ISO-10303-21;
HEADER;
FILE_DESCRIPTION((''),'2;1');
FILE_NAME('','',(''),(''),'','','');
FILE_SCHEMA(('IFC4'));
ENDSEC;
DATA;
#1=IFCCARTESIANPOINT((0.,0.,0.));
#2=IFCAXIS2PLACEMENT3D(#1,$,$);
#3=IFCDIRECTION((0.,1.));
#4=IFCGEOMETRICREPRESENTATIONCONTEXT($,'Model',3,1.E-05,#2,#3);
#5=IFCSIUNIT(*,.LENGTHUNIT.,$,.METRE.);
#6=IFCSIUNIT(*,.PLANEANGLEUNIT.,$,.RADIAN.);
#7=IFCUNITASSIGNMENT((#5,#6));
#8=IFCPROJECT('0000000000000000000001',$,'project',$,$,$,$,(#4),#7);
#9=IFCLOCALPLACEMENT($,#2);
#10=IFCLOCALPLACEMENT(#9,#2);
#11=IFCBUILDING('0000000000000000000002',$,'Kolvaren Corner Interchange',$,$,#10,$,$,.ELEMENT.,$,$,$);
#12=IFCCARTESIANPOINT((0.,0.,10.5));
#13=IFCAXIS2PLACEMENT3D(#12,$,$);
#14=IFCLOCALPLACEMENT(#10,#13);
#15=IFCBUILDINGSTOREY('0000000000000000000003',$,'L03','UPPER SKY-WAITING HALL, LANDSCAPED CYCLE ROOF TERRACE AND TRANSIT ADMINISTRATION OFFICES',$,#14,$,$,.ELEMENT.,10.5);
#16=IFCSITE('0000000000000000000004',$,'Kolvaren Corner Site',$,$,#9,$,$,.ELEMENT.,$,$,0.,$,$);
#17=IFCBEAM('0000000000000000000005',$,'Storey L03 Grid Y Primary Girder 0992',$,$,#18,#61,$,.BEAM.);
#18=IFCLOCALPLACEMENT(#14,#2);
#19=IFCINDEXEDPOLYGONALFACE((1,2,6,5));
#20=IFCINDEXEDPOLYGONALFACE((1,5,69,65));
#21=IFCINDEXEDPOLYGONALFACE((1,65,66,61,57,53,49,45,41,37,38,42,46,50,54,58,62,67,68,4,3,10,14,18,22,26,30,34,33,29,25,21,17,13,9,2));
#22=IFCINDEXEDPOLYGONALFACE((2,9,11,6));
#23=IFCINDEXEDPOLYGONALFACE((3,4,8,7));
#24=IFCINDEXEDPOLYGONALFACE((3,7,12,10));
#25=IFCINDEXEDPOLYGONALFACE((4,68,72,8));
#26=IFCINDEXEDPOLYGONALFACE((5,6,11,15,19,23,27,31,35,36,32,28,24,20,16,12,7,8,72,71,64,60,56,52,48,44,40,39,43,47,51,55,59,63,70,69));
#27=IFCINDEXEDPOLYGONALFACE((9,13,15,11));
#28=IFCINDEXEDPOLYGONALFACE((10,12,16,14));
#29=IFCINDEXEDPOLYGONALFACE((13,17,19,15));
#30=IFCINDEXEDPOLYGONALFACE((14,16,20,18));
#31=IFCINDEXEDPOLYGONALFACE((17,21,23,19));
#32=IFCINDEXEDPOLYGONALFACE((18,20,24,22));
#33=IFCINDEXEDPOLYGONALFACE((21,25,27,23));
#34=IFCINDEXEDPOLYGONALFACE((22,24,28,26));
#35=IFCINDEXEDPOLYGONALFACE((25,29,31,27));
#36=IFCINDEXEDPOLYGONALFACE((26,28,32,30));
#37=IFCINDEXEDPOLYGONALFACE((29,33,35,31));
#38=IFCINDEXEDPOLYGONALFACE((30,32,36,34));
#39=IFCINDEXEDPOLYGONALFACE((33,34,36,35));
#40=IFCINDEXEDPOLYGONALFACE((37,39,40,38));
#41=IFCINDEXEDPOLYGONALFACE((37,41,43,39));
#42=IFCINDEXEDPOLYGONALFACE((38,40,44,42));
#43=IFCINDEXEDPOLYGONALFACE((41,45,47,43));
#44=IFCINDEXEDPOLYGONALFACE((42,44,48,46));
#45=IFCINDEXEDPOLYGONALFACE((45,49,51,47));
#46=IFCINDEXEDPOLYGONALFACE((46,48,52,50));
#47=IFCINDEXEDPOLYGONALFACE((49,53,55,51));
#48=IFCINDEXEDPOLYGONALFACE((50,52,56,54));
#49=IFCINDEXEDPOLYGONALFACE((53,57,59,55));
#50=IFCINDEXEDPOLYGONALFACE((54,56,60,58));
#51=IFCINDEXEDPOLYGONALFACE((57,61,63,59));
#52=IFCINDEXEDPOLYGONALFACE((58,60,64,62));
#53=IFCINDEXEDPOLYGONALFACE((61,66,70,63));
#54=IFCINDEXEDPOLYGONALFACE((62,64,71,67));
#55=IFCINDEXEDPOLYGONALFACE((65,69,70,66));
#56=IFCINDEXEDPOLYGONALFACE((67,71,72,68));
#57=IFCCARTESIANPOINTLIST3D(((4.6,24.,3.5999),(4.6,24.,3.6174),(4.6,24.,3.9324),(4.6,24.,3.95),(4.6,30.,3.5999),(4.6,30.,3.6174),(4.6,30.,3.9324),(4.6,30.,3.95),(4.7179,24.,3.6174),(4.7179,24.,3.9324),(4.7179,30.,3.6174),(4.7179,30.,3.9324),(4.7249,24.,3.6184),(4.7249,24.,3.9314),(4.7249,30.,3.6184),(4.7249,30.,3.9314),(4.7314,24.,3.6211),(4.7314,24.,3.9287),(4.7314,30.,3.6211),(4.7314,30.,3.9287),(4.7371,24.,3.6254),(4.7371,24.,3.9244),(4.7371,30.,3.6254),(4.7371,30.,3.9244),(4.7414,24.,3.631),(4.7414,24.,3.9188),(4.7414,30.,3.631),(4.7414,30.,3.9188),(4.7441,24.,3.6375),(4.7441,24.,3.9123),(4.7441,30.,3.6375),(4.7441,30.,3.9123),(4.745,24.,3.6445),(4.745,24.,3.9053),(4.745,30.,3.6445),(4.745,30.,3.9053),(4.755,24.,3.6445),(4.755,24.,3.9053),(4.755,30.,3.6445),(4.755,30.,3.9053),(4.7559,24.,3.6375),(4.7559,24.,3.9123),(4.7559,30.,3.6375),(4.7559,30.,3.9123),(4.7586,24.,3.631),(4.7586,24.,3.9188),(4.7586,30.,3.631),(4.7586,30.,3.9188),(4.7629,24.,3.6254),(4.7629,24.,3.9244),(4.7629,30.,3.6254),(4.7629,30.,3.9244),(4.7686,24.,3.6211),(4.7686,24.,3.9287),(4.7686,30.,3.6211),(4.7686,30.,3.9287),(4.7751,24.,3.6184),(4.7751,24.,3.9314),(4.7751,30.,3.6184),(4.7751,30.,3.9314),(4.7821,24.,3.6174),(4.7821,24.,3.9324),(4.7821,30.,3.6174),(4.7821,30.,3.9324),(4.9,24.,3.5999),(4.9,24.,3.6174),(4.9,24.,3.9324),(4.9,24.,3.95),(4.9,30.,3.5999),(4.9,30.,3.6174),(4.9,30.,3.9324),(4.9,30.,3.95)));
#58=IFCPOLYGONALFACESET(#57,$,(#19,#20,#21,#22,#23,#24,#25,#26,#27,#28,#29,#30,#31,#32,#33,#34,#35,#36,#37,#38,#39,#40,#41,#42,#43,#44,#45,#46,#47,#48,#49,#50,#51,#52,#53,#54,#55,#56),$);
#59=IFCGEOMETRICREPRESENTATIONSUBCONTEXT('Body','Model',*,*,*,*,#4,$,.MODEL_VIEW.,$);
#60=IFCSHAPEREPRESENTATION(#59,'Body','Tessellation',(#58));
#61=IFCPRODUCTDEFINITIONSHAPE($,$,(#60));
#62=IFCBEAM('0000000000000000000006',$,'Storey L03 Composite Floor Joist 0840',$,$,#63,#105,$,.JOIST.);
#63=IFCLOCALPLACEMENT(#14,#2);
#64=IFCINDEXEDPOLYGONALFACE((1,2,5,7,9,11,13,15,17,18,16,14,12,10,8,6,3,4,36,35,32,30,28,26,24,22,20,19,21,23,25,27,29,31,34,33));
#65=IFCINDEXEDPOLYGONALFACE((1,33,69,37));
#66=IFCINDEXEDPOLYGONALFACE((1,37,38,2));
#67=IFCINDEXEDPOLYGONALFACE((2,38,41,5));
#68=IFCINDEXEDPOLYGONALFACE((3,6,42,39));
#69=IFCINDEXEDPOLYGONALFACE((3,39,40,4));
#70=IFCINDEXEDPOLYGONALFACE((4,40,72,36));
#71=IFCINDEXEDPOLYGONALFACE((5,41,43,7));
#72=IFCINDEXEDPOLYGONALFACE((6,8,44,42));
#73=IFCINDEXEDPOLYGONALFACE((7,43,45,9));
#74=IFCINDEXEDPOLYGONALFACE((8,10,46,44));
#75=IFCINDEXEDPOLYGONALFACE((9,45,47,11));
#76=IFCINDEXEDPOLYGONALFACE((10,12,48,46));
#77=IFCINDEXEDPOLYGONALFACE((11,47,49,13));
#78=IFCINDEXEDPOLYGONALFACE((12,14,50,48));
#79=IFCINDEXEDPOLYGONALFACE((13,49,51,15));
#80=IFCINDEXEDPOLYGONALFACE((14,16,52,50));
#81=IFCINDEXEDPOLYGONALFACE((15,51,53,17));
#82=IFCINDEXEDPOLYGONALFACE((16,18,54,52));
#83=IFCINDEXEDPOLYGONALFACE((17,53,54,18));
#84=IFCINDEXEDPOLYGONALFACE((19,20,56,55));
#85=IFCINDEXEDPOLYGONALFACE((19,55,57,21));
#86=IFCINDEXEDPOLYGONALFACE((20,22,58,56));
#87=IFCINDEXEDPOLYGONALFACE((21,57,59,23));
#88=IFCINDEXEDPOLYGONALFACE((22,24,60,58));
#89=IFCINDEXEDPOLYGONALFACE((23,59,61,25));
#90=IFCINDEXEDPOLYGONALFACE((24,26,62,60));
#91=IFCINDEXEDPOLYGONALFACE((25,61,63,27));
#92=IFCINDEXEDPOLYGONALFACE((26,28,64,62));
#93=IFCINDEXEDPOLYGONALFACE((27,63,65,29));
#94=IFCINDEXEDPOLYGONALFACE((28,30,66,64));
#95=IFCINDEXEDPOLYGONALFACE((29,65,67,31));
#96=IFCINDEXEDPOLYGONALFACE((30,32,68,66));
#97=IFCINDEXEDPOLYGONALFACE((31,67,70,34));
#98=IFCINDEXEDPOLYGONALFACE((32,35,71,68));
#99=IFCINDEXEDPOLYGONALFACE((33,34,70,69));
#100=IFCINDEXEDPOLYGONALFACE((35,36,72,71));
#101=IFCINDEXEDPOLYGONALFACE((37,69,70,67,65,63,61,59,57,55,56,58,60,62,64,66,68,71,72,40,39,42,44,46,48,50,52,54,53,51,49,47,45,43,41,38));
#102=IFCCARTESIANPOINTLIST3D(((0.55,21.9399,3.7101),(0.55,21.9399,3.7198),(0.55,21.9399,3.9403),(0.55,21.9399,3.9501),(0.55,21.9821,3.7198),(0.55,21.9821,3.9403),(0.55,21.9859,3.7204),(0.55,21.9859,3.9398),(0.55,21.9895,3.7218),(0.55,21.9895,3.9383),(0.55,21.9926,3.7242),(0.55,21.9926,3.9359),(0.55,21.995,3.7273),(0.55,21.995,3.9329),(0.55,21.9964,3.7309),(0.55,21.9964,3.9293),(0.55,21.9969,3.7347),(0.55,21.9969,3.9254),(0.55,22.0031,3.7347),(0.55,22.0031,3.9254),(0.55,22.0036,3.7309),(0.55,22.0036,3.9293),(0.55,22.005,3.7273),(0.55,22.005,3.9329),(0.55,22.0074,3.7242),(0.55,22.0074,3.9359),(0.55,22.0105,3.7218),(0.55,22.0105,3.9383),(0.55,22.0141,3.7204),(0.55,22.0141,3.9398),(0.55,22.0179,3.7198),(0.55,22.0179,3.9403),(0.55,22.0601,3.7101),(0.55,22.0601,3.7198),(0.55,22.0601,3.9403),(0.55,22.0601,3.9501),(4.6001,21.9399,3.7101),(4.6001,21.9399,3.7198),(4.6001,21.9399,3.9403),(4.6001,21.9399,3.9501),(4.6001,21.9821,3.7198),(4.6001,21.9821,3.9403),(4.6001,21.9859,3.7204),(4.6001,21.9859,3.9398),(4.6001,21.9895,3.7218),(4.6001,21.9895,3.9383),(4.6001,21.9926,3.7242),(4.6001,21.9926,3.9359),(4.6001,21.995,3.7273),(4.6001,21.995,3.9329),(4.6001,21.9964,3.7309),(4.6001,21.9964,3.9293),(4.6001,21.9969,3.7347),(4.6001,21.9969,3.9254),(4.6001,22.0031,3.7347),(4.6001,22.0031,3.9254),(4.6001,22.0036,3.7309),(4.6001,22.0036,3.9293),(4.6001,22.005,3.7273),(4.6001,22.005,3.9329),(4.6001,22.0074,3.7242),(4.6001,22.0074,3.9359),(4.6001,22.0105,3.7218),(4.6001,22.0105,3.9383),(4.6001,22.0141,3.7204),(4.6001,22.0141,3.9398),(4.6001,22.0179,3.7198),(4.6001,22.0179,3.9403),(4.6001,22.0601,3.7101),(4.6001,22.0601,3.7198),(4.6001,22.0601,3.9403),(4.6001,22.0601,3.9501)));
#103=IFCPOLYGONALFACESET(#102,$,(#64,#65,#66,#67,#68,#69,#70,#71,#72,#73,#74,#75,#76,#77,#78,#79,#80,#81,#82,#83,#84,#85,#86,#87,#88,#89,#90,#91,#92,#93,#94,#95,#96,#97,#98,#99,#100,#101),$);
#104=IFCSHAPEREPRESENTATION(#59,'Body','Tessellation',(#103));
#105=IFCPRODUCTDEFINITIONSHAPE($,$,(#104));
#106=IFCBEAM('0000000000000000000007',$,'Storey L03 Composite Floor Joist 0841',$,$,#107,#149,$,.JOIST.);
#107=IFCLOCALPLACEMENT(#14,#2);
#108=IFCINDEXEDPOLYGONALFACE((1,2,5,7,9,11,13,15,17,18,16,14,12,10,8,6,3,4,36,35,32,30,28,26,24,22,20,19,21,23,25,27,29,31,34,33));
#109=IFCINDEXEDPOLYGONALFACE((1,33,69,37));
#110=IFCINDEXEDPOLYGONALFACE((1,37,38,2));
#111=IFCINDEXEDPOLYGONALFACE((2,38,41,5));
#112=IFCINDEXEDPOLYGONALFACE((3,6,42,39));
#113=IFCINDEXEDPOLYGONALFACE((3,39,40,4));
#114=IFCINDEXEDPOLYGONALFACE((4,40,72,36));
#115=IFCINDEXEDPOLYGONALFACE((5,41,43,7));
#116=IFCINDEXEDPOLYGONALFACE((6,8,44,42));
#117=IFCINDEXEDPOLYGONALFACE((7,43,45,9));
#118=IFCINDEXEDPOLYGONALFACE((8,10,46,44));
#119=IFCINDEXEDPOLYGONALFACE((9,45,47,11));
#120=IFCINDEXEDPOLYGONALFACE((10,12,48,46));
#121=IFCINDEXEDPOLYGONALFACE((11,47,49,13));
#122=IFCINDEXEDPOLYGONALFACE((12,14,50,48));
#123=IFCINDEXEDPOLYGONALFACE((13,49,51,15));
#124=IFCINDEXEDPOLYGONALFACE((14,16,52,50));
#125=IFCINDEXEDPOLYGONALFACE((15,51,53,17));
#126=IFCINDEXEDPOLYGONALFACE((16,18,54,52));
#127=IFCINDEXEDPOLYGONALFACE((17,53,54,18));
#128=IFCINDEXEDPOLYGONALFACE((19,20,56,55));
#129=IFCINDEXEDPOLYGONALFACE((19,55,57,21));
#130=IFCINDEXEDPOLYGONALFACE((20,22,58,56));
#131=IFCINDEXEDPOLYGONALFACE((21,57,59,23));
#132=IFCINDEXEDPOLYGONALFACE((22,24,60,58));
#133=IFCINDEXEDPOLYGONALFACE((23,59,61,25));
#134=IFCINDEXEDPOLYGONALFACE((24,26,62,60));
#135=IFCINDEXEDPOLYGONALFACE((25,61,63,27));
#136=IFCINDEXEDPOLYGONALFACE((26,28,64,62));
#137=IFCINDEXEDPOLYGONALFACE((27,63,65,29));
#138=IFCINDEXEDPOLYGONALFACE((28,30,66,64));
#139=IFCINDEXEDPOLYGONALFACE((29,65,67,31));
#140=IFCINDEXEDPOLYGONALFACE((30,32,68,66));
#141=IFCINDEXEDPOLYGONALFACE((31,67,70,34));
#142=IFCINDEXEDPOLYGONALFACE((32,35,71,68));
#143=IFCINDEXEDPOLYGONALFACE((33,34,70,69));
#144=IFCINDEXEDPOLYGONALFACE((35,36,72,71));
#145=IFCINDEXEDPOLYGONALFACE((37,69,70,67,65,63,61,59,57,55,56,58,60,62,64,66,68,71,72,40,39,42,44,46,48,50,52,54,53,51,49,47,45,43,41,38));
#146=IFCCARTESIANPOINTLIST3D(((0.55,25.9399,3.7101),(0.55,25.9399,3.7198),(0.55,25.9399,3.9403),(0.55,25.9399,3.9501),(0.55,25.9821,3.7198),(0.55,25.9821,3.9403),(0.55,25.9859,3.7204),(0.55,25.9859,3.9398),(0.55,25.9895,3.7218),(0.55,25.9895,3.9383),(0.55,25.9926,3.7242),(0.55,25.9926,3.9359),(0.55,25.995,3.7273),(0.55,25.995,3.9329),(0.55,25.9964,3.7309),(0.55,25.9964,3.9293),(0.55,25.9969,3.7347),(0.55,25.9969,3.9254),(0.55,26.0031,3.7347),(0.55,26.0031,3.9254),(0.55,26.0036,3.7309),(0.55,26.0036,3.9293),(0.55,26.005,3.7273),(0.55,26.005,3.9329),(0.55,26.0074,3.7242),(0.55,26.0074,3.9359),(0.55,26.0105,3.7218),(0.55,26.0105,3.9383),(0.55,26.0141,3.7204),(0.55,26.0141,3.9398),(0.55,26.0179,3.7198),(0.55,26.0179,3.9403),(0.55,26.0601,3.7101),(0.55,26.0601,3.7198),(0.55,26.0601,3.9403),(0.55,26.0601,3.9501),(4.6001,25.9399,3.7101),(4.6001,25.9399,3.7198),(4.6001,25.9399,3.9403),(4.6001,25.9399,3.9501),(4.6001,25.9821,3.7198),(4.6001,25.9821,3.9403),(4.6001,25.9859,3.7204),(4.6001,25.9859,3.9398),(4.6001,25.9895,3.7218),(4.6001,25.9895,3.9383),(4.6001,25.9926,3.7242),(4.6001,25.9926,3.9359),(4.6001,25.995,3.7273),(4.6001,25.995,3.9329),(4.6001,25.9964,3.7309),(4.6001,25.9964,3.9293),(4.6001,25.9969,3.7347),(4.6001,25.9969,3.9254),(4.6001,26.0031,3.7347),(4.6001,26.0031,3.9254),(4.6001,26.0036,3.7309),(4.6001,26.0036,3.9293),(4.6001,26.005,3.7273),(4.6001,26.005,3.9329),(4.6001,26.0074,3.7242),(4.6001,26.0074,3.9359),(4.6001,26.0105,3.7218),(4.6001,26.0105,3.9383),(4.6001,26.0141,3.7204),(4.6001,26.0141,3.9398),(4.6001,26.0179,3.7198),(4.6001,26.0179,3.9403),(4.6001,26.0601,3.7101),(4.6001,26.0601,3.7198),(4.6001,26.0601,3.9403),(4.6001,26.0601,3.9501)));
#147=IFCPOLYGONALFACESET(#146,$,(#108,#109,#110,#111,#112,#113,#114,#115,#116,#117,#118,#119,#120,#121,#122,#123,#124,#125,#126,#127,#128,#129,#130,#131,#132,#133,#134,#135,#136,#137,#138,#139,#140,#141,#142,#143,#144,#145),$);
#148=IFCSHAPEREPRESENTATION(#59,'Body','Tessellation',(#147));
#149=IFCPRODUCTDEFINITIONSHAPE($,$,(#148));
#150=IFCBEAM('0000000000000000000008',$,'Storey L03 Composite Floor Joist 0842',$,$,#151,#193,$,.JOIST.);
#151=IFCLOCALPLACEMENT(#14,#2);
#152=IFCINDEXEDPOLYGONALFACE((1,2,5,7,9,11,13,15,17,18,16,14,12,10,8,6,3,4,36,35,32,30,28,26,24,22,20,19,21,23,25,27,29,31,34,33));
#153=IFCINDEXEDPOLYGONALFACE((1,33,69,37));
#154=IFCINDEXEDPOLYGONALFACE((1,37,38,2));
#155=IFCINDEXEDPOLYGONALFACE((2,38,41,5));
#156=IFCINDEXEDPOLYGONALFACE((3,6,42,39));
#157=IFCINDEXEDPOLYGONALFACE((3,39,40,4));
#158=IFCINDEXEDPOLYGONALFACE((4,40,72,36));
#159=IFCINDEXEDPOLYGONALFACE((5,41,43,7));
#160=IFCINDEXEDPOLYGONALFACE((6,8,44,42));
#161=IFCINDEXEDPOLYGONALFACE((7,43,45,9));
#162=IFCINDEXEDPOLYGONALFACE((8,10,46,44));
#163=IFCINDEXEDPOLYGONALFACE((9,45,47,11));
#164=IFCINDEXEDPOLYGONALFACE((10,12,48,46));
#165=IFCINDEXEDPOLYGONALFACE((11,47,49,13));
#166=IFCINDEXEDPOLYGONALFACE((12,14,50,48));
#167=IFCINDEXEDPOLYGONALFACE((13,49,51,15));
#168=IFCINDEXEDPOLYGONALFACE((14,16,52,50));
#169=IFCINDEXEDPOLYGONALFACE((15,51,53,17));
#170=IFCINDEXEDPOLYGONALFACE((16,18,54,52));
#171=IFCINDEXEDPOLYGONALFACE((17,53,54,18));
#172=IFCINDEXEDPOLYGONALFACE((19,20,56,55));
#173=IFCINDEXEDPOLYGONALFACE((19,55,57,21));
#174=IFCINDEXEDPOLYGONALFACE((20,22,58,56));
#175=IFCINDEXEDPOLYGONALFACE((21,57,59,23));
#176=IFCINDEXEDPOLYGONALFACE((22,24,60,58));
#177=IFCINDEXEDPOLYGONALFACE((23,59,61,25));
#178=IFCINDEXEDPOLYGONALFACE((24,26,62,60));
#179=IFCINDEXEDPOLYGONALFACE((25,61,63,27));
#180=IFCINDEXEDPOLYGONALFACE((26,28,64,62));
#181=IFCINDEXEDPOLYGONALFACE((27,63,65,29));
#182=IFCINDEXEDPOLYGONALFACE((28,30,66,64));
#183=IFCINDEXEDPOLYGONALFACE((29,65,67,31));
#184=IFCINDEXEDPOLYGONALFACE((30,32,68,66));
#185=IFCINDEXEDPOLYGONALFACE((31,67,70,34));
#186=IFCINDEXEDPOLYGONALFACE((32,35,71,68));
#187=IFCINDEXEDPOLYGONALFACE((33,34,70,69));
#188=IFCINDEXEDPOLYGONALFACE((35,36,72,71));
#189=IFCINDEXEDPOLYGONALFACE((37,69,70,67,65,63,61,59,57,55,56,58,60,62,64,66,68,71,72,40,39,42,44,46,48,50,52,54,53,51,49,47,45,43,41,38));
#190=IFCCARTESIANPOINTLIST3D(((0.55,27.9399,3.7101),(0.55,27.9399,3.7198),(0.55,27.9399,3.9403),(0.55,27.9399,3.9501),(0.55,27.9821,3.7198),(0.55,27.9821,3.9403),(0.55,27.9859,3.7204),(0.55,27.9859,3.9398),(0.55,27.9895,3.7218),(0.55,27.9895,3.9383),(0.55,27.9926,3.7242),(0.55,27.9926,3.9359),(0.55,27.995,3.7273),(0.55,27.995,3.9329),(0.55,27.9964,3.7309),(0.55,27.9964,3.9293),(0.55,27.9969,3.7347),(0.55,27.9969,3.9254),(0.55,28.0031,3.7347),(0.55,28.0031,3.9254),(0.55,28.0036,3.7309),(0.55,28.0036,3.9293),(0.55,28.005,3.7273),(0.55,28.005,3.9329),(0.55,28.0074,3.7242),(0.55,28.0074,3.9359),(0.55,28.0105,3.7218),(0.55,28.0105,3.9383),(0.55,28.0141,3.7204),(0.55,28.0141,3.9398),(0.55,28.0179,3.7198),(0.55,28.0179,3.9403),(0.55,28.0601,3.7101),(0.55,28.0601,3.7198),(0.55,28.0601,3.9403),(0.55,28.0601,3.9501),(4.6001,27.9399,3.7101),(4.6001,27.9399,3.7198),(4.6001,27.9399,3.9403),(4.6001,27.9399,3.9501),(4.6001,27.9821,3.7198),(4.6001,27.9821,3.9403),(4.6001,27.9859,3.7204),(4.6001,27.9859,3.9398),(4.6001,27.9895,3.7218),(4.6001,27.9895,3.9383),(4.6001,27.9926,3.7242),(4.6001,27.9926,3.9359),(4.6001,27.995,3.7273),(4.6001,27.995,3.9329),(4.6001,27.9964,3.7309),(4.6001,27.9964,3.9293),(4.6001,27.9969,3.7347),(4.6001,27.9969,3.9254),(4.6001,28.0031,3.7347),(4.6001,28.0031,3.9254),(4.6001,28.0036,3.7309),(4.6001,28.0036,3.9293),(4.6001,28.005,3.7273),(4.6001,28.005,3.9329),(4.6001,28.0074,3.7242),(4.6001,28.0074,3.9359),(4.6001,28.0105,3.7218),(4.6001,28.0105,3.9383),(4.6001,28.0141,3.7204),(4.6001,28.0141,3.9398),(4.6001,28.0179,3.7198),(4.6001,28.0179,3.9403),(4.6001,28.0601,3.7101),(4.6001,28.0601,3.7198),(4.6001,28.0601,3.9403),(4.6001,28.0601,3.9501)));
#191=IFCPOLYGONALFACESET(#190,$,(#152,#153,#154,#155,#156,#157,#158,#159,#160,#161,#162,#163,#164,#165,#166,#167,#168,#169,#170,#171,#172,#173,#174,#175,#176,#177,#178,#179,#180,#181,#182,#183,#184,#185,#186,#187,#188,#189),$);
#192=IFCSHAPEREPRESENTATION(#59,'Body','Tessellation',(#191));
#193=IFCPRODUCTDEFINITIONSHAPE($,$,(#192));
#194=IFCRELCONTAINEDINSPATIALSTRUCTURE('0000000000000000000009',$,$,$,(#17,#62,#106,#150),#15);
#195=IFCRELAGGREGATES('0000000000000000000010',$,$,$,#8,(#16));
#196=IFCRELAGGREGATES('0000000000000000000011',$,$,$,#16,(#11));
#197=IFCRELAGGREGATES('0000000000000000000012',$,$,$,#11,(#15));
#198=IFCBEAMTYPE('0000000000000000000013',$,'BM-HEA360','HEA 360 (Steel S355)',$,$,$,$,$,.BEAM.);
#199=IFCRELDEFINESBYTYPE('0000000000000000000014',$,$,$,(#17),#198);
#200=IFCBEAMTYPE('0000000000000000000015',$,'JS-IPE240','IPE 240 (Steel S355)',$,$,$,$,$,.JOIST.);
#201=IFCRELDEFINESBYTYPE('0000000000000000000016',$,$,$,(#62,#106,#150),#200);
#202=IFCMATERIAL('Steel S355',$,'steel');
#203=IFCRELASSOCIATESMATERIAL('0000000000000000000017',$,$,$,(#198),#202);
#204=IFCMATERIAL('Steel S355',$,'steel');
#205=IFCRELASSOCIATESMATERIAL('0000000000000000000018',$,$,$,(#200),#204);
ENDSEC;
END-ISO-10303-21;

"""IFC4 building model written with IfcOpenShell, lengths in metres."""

from ifc_helpers import new_model, si_unit, direction, frame, origin, origin_2d, place, context, subcontext, project, spatial, i_section, extrude, material, material_profile, profile_set, type_object, element, save


model = new_model("IFC4")

# Units and contexts
model_context = context("Model", 3, precision=1e-05, world=origin(), true_north=direction((0.0, 1.0)))
body_context = subcontext(model_context, "Body", "Model", "MODEL_VIEW")
ifc_project = project(units=[si_unit("LENGTHUNIT", "METRE"), si_unit("PLANEANGLEUNIT", "RADIAN")], contexts=[model_context])

# Site, building, storey
site_placement = place(None, origin())
site = spatial("IfcSite", under=ifc_project, at=site_placement, Name="Kolvaren Corner Site", CompositionType="ELEMENT", RefElevation=0.0)
building_placement = place(site_placement, origin())
building = spatial("IfcBuilding", under=site, at=building_placement, Name="Kolvaren Corner Interchange", CompositionType="ELEMENT")
storey_placement = place(building_placement, frame((0.0, 0.0, 10.5)))
storey = spatial("IfcBuildingStorey", under=building, at=storey_placement, Name="L03", Description="UPPER SKY-WAITING HALL, LANDSCAPED CYCLE ROOF TERRACE AND TRANSIT ADMINISTRATION OFFICES", CompositionType="ELEMENT", Elevation=10.5)

# Beams
ifc_material_1 = material(Name="Steel S355", Category="steel")
ifc_material_profile_1 = material_profile(ifc_material_1, i_section(OverallWidth=0.3, OverallDepth=0.3501, WebThickness=0.01, FlangeThickness=0.0176, FilletRadius=0.0271, at=origin_2d()), Name="HEA 360")
ifc_profile_set_1 = profile_set([ifc_material_profile_1], Name="Steel S355")
beam_type_1 = type_object("IfcBeamType", Name="BM-HEA360", Description="HEA 360 (Steel S355)", PredefinedType="BEAM", material=ifc_profile_set_1)
beam_1_placement = place(storey_placement, frame((4.75, 24.0, 3.7749), z_axis=(0.0, 1.0, 0.0), x_axis=(-1.0, 0.0, 0.0)))
element("IfcBeam", 1, at=beam_1_placement, inside=storey, type_object=beam_type_1, Name="Storey L03 Grid Y Primary Girder 0992", PredefinedType="BEAM", context=body_context, shape_type="SweptSolid", body=[
    extrude(i_section(OverallWidth=0.3, OverallDepth=0.3501, WebThickness=0.01, FlangeThickness=0.0176, FilletRadius=0.0271, at=origin_2d()), origin(), (0.0, 0.0, 1.0), 6.0),
])
ifc_material_2 = material(Name="Steel S355", Category="steel")
ifc_material_profile_2 = material_profile(ifc_material_2, i_section(OverallWidth=0.1201, OverallDepth=0.24, WebThickness=0.0061, FlangeThickness=0.0098, FilletRadius=0.0149, at=origin_2d()), Name="IPE 240")
ifc_profile_set_2 = profile_set([ifc_material_profile_2], Name="Steel S355")
beam_type_2 = type_object("IfcBeamType", Name="JS-IPE240", Description="IPE 240 (Steel S355)", PredefinedType="JOIST", material=ifc_profile_set_2)
for number, where, z_axis, x_axis, name in (
    (2, (0.55, 22.0, 3.8301), (1.0, 0.0, 0.0), (0.0, 1.0, 0.0), "Storey L03 Composite Floor Joist 0840"),
    (3, (0.55, 26.0, 3.8301), (1.0, 0.0, 0.0), (0.0, 1.0, 0.0), "Storey L03 Composite Floor Joist 0841"),
    (4, (0.55, 28.0, 3.8301), (1.0, 0.0, 0.0), (0.0, 1.0, 0.0), "Storey L03 Composite Floor Joist 0842"),
):
    element("IfcBeam", number, at=place(storey_placement, frame(where, z_axis=z_axis, x_axis=x_axis)), inside=storey, type_object=beam_type_2, Name=name, PredefinedType="JOIST", context=body_context, shape_type="SweptSolid", body=[
        extrude(i_section(OverallWidth=0.1201, OverallDepth=0.24, WebThickness=0.0061, FlangeThickness=0.0098, FilletRadius=0.0149, at=origin_2d()), origin(), (0.0, 0.0, 1.0), 4.05),
    ])

save(model, "model.ifc")
